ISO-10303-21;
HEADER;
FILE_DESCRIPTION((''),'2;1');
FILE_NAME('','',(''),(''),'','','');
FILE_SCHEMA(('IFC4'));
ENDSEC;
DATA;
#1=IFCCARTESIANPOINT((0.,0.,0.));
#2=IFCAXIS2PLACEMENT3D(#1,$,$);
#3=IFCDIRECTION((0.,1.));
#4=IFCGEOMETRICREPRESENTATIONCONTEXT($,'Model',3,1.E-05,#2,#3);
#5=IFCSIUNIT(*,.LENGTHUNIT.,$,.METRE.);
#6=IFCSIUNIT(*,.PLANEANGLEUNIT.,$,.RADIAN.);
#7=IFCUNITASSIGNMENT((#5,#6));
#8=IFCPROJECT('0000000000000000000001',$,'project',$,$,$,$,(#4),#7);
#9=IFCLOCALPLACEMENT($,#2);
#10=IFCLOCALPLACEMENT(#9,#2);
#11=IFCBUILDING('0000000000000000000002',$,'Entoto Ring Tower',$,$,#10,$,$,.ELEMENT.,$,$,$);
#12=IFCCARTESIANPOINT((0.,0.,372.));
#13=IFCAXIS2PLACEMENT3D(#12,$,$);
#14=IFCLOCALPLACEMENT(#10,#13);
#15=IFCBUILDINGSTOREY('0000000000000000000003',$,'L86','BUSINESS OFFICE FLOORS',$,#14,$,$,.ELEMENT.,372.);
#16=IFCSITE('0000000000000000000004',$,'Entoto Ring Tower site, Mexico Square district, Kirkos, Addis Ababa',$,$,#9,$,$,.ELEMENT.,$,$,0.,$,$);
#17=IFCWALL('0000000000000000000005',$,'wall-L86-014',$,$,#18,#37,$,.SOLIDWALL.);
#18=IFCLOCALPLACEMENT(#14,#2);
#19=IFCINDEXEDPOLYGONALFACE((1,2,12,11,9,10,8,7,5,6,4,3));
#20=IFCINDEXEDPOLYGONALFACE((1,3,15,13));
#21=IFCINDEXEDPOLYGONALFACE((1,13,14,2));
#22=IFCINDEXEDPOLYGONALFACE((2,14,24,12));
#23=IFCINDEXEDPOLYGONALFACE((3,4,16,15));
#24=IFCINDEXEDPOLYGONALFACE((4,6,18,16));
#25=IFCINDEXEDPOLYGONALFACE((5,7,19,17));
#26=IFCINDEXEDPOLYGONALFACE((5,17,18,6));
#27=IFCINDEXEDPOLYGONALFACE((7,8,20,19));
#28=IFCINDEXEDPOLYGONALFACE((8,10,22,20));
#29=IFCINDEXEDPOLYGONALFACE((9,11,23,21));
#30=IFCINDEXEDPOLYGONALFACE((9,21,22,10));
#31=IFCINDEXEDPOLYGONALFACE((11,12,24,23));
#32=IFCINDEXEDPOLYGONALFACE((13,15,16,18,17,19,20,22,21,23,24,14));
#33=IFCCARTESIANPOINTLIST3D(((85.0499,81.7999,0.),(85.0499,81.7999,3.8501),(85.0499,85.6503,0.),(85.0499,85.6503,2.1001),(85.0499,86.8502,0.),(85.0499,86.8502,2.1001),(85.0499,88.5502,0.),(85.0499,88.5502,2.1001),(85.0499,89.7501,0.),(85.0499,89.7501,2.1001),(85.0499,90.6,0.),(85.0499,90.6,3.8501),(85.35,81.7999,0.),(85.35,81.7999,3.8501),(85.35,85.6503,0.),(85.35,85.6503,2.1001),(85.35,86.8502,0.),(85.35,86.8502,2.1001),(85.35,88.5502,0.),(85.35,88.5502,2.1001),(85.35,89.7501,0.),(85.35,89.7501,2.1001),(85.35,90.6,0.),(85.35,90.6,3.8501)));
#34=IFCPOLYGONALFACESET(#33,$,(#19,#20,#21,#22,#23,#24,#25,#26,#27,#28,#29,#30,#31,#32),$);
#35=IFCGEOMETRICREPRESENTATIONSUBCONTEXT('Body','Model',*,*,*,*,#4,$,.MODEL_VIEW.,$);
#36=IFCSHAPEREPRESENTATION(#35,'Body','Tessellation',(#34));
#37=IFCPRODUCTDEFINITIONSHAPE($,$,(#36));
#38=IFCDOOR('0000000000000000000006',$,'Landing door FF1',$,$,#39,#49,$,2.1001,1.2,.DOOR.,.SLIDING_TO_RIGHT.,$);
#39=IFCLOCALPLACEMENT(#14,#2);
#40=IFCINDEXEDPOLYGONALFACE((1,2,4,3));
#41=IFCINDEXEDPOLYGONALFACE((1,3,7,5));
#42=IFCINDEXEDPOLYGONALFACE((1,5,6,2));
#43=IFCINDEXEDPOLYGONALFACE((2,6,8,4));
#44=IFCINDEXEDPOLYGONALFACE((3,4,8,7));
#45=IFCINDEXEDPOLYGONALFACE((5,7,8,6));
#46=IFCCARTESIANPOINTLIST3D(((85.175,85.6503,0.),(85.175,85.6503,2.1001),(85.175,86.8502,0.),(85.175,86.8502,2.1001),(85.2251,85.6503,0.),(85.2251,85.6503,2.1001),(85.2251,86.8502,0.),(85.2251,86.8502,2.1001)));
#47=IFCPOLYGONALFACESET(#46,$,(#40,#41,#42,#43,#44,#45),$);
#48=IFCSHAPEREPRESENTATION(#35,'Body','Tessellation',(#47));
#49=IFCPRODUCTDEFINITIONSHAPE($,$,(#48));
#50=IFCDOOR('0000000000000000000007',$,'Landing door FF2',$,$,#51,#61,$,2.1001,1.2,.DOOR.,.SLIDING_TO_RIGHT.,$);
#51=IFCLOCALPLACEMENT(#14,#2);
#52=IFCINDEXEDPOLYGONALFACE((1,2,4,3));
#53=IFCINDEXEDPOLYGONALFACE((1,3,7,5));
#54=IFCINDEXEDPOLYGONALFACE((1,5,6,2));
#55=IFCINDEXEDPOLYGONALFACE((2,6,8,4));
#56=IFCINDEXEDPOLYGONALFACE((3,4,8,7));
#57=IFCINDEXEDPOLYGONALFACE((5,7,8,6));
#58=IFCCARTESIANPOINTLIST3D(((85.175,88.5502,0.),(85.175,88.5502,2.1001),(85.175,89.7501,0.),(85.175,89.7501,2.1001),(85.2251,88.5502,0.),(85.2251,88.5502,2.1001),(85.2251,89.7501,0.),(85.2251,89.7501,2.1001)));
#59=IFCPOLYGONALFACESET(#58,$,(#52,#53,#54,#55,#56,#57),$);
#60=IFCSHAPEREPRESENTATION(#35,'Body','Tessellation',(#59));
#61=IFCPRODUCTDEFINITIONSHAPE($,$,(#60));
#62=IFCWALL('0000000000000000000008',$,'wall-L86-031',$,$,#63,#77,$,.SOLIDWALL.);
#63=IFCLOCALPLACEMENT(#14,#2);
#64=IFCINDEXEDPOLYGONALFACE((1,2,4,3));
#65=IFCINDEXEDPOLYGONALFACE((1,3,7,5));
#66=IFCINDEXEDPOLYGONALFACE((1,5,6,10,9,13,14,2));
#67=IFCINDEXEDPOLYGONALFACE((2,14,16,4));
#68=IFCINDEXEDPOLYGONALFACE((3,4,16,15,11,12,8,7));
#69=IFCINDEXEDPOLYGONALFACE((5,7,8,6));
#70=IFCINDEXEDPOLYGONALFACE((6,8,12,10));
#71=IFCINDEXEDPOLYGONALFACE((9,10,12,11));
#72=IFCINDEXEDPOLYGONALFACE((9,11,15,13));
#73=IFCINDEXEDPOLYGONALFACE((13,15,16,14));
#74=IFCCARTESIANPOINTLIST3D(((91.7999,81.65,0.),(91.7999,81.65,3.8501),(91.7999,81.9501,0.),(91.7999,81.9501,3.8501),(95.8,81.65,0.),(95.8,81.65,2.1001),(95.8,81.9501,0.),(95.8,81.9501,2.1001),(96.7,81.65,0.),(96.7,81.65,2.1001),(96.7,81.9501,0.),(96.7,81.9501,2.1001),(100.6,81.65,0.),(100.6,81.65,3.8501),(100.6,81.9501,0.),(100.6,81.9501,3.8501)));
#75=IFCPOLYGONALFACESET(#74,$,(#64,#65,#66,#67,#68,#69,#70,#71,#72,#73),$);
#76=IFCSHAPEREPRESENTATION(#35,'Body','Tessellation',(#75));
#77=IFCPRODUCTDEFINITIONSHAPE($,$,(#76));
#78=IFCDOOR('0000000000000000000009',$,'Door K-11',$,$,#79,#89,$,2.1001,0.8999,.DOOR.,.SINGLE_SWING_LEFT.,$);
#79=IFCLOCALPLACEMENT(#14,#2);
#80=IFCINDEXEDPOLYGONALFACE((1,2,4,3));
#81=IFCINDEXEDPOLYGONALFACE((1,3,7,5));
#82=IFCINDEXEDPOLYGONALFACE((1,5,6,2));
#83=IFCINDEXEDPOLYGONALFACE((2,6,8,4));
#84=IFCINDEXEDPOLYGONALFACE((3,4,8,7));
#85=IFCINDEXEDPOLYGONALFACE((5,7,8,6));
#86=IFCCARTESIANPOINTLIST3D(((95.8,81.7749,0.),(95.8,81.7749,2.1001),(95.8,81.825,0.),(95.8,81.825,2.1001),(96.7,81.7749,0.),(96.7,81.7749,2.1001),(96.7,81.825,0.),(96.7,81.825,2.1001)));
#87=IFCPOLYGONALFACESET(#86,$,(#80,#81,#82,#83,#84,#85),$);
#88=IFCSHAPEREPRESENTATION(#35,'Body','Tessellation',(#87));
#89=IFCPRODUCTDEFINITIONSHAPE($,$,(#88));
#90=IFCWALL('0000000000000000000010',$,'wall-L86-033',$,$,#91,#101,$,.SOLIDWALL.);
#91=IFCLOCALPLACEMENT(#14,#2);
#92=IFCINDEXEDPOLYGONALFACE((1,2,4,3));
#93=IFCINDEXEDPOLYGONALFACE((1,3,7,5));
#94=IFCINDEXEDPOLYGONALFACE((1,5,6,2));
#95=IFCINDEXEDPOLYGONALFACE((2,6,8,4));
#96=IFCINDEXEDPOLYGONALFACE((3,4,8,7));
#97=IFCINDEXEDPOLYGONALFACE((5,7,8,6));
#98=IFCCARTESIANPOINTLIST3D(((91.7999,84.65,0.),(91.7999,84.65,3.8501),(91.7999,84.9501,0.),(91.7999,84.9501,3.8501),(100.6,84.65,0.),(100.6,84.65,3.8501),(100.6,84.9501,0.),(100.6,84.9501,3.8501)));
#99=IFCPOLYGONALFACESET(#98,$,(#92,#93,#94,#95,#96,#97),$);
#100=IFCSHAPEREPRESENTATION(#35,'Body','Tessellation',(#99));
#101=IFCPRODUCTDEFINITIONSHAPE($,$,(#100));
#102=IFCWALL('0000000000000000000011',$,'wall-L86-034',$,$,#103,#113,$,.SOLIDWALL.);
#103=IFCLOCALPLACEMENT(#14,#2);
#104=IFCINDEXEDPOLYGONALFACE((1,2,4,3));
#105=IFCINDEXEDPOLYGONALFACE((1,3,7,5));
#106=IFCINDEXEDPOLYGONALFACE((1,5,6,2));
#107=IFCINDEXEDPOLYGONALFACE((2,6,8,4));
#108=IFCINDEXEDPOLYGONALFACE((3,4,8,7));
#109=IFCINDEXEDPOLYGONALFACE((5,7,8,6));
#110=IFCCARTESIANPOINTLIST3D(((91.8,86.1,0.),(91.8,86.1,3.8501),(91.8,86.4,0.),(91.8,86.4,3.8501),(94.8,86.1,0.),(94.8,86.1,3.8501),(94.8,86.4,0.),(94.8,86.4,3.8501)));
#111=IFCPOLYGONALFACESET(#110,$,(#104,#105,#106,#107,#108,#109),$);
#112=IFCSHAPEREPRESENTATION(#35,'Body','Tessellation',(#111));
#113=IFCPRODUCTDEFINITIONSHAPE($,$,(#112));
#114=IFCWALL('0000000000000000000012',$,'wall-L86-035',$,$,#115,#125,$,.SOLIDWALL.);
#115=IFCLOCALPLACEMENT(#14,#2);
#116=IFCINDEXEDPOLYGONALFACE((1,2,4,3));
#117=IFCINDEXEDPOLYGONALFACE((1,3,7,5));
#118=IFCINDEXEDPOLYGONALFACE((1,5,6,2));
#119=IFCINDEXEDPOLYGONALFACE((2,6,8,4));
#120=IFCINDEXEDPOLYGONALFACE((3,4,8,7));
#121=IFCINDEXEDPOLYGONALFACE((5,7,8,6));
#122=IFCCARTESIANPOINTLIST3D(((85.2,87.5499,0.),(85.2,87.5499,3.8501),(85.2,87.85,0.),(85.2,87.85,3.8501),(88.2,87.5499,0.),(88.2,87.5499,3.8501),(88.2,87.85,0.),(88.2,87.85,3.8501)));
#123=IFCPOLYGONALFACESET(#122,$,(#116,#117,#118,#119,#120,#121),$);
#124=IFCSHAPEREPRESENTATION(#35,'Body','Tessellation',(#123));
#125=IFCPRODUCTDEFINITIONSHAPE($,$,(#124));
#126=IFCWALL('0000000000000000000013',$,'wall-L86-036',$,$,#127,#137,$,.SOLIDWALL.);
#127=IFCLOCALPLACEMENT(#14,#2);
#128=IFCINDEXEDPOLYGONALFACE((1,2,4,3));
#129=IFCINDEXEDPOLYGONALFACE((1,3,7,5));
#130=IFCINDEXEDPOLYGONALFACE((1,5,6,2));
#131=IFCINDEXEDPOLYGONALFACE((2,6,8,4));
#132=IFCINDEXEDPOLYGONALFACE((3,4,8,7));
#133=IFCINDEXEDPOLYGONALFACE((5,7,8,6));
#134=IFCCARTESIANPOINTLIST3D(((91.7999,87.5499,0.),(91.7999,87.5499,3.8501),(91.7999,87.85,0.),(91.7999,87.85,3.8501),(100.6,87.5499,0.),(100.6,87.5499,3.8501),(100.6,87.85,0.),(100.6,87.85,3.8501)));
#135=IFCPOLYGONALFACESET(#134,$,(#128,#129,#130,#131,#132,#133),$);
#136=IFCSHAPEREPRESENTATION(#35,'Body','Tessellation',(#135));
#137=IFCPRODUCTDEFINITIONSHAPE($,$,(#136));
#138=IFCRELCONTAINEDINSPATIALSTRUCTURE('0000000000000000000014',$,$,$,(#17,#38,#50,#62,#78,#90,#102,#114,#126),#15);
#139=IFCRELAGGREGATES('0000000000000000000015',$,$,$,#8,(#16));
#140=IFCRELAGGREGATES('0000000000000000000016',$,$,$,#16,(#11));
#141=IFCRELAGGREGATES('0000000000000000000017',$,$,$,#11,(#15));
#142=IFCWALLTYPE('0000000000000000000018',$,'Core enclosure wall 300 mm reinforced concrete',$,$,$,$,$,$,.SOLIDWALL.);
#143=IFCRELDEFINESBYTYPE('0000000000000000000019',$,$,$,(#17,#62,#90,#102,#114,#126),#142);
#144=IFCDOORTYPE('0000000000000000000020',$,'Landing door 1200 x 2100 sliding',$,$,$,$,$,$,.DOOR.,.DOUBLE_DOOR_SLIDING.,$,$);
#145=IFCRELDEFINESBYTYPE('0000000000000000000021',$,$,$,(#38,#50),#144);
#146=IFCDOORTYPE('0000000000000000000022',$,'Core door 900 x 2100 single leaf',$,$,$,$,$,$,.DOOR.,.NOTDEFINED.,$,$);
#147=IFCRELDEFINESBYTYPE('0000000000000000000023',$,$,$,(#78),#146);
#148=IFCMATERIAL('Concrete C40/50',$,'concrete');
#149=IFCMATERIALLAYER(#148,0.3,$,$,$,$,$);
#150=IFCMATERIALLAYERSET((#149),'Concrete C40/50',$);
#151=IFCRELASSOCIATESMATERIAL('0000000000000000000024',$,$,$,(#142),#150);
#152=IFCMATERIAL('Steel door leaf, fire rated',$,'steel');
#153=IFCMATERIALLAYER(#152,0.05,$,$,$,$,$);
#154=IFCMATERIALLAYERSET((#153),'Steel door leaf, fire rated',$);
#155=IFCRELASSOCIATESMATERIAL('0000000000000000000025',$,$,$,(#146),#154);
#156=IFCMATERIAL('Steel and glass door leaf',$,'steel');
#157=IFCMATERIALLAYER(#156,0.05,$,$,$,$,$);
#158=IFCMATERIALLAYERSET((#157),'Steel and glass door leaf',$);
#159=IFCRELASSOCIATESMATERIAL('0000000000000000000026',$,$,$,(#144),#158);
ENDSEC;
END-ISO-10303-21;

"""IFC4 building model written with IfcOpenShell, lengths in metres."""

from ifc_helpers import new_model, si_unit, direction, frame, frame_2d, origin, place, context, subcontext, project, spatial, rectangle, extrude, material, layer, layer_set, type_object, element, fill, save


model = new_model("IFC4")

# Units and contexts
model_context = context("Model", 3, precision=1e-05, world=origin(), true_north=direction((0.0, 1.0)))
body_context = subcontext(model_context, "Body", "Model", "MODEL_VIEW")
ifc_project = project(units=[si_unit("LENGTHUNIT", "METRE"), si_unit("PLANEANGLEUNIT", "RADIAN")], contexts=[model_context])

# Site, building, storey
site_placement = place(None, origin())
site = spatial("IfcSite", under=ifc_project, at=site_placement, Name="Entoto Ring Tower site, Mexico Square district, Kirkos, Addis Ababa", CompositionType="ELEMENT", RefElevation=0.0)
building_placement = place(site_placement, origin())
building = spatial("IfcBuilding", under=site, at=building_placement, Name="Entoto Ring Tower", CompositionType="ELEMENT")
storey_placement = place(building_placement, frame((0.0, 0.0, 372.0)))
storey = spatial("IfcBuildingStorey", under=building, at=storey_placement, Name="L86", Description="BUSINESS OFFICE FLOORS", CompositionType="ELEMENT", Elevation=372.0)

# Shared definitions
ifc_material_1 = material(Name="Concrete C40/50", Category="concrete")
ifc_layer_1 = layer(ifc_material_1, 0.3)
ifc_layer_set_1 = layer_set([ifc_layer_1], Name="Concrete C40/50")
wall_type = type_object("IfcWallType", Name="Core enclosure wall 300 mm reinforced concrete", PredefinedType="SOLIDWALL", material=ifc_layer_set_1)

# Shared definitions
ifc_material_2 = material(Name="Steel door leaf, fire rated", Category="steel")
ifc_layer_2 = layer(ifc_material_2, 0.05)
ifc_layer_set_2 = layer_set([ifc_layer_2], Name="Steel door leaf, fire rated")
door_type_1 = type_object("IfcDoorType", Name="Core door 900 x 2100 single leaf", OperationType="NOTDEFINED", PredefinedType="DOOR", material=ifc_layer_set_2)
ifc_material_3 = material(Name="Steel and glass door leaf", Category="steel")
ifc_layer_3 = layer(ifc_material_3, 0.05)
ifc_layer_set_3 = layer_set([ifc_layer_3], Name="Steel and glass door leaf")
door_type_2 = type_object("IfcDoorType", Name="Landing door 1200 x 2100 sliding", OperationType="DOUBLE_DOOR_SLIDING", PredefinedType="DOOR", material=ifc_layer_set_3)

# Wall, openings, doors
wall_1_placement = place(storey_placement, frame((85.2, 81.8, 0.0), z_axis=(0.0, 0.0, 1.0), x_axis=(0.0, 1.0, 0.0)))
wall_1 = element("IfcWall", 1, at=wall_1_placement, inside=storey, type_object=wall_type, Name="wall-L86-014", PredefinedType="SOLIDWALL", context=body_context, shape_type="SweptSolid", body=[
    extrude(rectangle(XDim=8.8, YDim=0.3, at=frame_2d((4.3999, 0.0))), origin(), (0.0, 0.0, 1.0), 3.8501),
])
opening_1_placement = place(wall_1_placement, frame((3.8501, 0.0, 0.0)))
opening_1 = element("IfcOpeningElement", 2, at=opening_1_placement, cuts=wall_1, PredefinedType="OPENING", context=body_context, shape_type="SweptSolid", body=[
    extrude(rectangle(XDim=1.2, YDim=2.1001, at=frame_2d((0.6001, 1.05))), frame((0.0, 0.1602, 0.0), z_axis=(0.0, -1.0, 0.0), x_axis=(1.0, 0.0, 0.0)), (0.0, 0.0, 1.0), 0.3201),
])
opening_2_placement = place(wall_1_placement, frame((6.75, 0.0, 0.0)))
opening_2 = element("IfcOpeningElement", 3, at=opening_2_placement, cuts=wall_1, PredefinedType="OPENING", context=body_context, shape_type="SweptSolid", body=[
    extrude(rectangle(XDim=1.2, YDim=2.1001, at=frame_2d((0.6001, 1.05))), frame((0.0, 0.1602, 0.0), z_axis=(0.0, -1.0, 0.0), x_axis=(1.0, 0.0, 0.0)), (0.0, 0.0, 1.0), 0.3201),
])
door_1_placement = place(opening_1_placement, origin())
door_1 = element("IfcDoor", 4, at=door_1_placement, inside=storey, type_object=door_type_2, Name="Landing door FF1", OperationType="SLIDING_TO_RIGHT", OverallHeight=2.1001, OverallWidth=1.2, PredefinedType="DOOR", context=body_context, shape_type="SweptSolid", body=[
    extrude(rectangle(XDim=1.2, YDim=2.1001, at=frame_2d((0.6001, 1.05))), frame((0.0, 0.0249, 0.0), z_axis=(0.0, -1.0, 0.0), x_axis=(1.0, 0.0, 0.0)), (0.0, 0.0, 1.0), 0.05),
])
fill(opening_1, door_1)
door_2_placement = place(opening_2_placement, origin())
door_2 = element("IfcDoor", 5, at=door_2_placement, inside=storey, type_object=door_type_2, Name="Landing door FF2", OperationType="SLIDING_TO_RIGHT", OverallHeight=2.1001, OverallWidth=1.2, PredefinedType="DOOR", context=body_context, shape_type="SweptSolid", body=[
    extrude(rectangle(XDim=1.2, YDim=2.1001, at=frame_2d((0.6001, 1.05))), frame((0.0, 0.0249, 0.0), z_axis=(0.0, -1.0, 0.0), x_axis=(1.0, 0.0, 0.0)), (0.0, 0.0, 1.0), 0.05),
])
fill(opening_2, door_2)

# Wall, opening, door
wall_2_placement = place(storey_placement, frame((91.8, 81.8, 0.0), z_axis=(0.0, 0.0, 1.0), x_axis=(1.0, 0.0, 0.0)))
wall_2 = element("IfcWall", 6, at=wall_2_placement, inside=storey, type_object=wall_type, Name="wall-L86-031", PredefinedType="SOLIDWALL", context=body_context, shape_type="SweptSolid", body=[
    extrude(rectangle(XDim=8.8, YDim=0.3, at=frame_2d((4.3999, 0.0))), origin(), (0.0, 0.0, 1.0), 3.8501),
])
opening_3_placement = place(wall_2_placement, frame((4.0, 0.0, 0.0)))
opening_3 = element("IfcOpeningElement", 7, at=opening_3_placement, cuts=wall_2, PredefinedType="OPENING", context=body_context, shape_type="SweptSolid", body=[
    extrude(rectangle(XDim=0.8999, YDim=2.1001, at=frame_2d((0.45, 1.05))), frame((0.0, 0.1602, 0.0), z_axis=(0.0, -1.0, 0.0), x_axis=(1.0, 0.0, 0.0)), (0.0, 0.0, 1.0), 0.3201),
])
door_3_placement = place(opening_3_placement, origin())
door_3 = element("IfcDoor", 8, at=door_3_placement, inside=storey, type_object=door_type_1, Name="Door K-11", OperationType="SINGLE_SWING_LEFT", OverallHeight=2.1001, OverallWidth=0.8999, PredefinedType="DOOR", context=body_context, shape_type="SweptSolid", body=[
    extrude(rectangle(XDim=0.8999, YDim=2.1001, at=frame_2d((0.45, 1.05))), frame((0.0, 0.0249, 0.0), z_axis=(0.0, -1.0, 0.0), x_axis=(1.0, 0.0, 0.0)), (0.0, 0.0, 1.0), 0.05),
])
fill(opening_3, door_3)

# Walls
wall_3_placement = place(storey_placement, frame((91.8, 84.8, 0.0), z_axis=(0.0, 0.0, 1.0), x_axis=(1.0, 0.0, 0.0)))
element("IfcWall", 9, at=wall_3_placement, inside=storey, type_object=wall_type, Name="wall-L86-033", PredefinedType="SOLIDWALL", context=body_context, shape_type="SweptSolid", body=[
    extrude(rectangle(XDim=8.8, YDim=0.3, at=frame_2d((4.3999, 0.0))), origin(), (0.0, 0.0, 1.0), 3.8501),
])
for number, where, z_axis, x_axis, name in (
    (10, (91.8, 86.25, 0.0), (0.0, 0.0, 1.0), (1.0, 0.0, 0.0), "wall-L86-034"),
    (11, (85.2, 87.7, 0.0), (0.0, 0.0, 1.0), (1.0, 0.0, 0.0), "wall-L86-035"),
):
    element("IfcWall", number, at=place(storey_placement, frame(where, z_axis=z_axis, x_axis=x_axis)), inside=storey, type_object=wall_type, Name=name, PredefinedType="SOLIDWALL", context=body_context, shape_type="SweptSolid", body=[
        extrude(rectangle(XDim=3.0, YDim=0.3, at=frame_2d((1.5, 0.0))), origin(), (0.0, 0.0, 1.0), 3.8501),
    ])
wall_4_placement = place(storey_placement, frame((91.8, 87.7, 0.0), z_axis=(0.0, 0.0, 1.0), x_axis=(1.0, 0.0, 0.0)))
element("IfcWall", 12, at=wall_4_placement, inside=storey, type_object=wall_type, Name="wall-L86-036", PredefinedType="SOLIDWALL", context=body_context, shape_type="SweptSolid", body=[
    extrude(rectangle(XDim=8.8, YDim=0.3, at=frame_2d((4.3999, 0.0))), origin(), (0.0, 0.0, 1.0), 3.8501),
])

save(model, "model.ifc")
